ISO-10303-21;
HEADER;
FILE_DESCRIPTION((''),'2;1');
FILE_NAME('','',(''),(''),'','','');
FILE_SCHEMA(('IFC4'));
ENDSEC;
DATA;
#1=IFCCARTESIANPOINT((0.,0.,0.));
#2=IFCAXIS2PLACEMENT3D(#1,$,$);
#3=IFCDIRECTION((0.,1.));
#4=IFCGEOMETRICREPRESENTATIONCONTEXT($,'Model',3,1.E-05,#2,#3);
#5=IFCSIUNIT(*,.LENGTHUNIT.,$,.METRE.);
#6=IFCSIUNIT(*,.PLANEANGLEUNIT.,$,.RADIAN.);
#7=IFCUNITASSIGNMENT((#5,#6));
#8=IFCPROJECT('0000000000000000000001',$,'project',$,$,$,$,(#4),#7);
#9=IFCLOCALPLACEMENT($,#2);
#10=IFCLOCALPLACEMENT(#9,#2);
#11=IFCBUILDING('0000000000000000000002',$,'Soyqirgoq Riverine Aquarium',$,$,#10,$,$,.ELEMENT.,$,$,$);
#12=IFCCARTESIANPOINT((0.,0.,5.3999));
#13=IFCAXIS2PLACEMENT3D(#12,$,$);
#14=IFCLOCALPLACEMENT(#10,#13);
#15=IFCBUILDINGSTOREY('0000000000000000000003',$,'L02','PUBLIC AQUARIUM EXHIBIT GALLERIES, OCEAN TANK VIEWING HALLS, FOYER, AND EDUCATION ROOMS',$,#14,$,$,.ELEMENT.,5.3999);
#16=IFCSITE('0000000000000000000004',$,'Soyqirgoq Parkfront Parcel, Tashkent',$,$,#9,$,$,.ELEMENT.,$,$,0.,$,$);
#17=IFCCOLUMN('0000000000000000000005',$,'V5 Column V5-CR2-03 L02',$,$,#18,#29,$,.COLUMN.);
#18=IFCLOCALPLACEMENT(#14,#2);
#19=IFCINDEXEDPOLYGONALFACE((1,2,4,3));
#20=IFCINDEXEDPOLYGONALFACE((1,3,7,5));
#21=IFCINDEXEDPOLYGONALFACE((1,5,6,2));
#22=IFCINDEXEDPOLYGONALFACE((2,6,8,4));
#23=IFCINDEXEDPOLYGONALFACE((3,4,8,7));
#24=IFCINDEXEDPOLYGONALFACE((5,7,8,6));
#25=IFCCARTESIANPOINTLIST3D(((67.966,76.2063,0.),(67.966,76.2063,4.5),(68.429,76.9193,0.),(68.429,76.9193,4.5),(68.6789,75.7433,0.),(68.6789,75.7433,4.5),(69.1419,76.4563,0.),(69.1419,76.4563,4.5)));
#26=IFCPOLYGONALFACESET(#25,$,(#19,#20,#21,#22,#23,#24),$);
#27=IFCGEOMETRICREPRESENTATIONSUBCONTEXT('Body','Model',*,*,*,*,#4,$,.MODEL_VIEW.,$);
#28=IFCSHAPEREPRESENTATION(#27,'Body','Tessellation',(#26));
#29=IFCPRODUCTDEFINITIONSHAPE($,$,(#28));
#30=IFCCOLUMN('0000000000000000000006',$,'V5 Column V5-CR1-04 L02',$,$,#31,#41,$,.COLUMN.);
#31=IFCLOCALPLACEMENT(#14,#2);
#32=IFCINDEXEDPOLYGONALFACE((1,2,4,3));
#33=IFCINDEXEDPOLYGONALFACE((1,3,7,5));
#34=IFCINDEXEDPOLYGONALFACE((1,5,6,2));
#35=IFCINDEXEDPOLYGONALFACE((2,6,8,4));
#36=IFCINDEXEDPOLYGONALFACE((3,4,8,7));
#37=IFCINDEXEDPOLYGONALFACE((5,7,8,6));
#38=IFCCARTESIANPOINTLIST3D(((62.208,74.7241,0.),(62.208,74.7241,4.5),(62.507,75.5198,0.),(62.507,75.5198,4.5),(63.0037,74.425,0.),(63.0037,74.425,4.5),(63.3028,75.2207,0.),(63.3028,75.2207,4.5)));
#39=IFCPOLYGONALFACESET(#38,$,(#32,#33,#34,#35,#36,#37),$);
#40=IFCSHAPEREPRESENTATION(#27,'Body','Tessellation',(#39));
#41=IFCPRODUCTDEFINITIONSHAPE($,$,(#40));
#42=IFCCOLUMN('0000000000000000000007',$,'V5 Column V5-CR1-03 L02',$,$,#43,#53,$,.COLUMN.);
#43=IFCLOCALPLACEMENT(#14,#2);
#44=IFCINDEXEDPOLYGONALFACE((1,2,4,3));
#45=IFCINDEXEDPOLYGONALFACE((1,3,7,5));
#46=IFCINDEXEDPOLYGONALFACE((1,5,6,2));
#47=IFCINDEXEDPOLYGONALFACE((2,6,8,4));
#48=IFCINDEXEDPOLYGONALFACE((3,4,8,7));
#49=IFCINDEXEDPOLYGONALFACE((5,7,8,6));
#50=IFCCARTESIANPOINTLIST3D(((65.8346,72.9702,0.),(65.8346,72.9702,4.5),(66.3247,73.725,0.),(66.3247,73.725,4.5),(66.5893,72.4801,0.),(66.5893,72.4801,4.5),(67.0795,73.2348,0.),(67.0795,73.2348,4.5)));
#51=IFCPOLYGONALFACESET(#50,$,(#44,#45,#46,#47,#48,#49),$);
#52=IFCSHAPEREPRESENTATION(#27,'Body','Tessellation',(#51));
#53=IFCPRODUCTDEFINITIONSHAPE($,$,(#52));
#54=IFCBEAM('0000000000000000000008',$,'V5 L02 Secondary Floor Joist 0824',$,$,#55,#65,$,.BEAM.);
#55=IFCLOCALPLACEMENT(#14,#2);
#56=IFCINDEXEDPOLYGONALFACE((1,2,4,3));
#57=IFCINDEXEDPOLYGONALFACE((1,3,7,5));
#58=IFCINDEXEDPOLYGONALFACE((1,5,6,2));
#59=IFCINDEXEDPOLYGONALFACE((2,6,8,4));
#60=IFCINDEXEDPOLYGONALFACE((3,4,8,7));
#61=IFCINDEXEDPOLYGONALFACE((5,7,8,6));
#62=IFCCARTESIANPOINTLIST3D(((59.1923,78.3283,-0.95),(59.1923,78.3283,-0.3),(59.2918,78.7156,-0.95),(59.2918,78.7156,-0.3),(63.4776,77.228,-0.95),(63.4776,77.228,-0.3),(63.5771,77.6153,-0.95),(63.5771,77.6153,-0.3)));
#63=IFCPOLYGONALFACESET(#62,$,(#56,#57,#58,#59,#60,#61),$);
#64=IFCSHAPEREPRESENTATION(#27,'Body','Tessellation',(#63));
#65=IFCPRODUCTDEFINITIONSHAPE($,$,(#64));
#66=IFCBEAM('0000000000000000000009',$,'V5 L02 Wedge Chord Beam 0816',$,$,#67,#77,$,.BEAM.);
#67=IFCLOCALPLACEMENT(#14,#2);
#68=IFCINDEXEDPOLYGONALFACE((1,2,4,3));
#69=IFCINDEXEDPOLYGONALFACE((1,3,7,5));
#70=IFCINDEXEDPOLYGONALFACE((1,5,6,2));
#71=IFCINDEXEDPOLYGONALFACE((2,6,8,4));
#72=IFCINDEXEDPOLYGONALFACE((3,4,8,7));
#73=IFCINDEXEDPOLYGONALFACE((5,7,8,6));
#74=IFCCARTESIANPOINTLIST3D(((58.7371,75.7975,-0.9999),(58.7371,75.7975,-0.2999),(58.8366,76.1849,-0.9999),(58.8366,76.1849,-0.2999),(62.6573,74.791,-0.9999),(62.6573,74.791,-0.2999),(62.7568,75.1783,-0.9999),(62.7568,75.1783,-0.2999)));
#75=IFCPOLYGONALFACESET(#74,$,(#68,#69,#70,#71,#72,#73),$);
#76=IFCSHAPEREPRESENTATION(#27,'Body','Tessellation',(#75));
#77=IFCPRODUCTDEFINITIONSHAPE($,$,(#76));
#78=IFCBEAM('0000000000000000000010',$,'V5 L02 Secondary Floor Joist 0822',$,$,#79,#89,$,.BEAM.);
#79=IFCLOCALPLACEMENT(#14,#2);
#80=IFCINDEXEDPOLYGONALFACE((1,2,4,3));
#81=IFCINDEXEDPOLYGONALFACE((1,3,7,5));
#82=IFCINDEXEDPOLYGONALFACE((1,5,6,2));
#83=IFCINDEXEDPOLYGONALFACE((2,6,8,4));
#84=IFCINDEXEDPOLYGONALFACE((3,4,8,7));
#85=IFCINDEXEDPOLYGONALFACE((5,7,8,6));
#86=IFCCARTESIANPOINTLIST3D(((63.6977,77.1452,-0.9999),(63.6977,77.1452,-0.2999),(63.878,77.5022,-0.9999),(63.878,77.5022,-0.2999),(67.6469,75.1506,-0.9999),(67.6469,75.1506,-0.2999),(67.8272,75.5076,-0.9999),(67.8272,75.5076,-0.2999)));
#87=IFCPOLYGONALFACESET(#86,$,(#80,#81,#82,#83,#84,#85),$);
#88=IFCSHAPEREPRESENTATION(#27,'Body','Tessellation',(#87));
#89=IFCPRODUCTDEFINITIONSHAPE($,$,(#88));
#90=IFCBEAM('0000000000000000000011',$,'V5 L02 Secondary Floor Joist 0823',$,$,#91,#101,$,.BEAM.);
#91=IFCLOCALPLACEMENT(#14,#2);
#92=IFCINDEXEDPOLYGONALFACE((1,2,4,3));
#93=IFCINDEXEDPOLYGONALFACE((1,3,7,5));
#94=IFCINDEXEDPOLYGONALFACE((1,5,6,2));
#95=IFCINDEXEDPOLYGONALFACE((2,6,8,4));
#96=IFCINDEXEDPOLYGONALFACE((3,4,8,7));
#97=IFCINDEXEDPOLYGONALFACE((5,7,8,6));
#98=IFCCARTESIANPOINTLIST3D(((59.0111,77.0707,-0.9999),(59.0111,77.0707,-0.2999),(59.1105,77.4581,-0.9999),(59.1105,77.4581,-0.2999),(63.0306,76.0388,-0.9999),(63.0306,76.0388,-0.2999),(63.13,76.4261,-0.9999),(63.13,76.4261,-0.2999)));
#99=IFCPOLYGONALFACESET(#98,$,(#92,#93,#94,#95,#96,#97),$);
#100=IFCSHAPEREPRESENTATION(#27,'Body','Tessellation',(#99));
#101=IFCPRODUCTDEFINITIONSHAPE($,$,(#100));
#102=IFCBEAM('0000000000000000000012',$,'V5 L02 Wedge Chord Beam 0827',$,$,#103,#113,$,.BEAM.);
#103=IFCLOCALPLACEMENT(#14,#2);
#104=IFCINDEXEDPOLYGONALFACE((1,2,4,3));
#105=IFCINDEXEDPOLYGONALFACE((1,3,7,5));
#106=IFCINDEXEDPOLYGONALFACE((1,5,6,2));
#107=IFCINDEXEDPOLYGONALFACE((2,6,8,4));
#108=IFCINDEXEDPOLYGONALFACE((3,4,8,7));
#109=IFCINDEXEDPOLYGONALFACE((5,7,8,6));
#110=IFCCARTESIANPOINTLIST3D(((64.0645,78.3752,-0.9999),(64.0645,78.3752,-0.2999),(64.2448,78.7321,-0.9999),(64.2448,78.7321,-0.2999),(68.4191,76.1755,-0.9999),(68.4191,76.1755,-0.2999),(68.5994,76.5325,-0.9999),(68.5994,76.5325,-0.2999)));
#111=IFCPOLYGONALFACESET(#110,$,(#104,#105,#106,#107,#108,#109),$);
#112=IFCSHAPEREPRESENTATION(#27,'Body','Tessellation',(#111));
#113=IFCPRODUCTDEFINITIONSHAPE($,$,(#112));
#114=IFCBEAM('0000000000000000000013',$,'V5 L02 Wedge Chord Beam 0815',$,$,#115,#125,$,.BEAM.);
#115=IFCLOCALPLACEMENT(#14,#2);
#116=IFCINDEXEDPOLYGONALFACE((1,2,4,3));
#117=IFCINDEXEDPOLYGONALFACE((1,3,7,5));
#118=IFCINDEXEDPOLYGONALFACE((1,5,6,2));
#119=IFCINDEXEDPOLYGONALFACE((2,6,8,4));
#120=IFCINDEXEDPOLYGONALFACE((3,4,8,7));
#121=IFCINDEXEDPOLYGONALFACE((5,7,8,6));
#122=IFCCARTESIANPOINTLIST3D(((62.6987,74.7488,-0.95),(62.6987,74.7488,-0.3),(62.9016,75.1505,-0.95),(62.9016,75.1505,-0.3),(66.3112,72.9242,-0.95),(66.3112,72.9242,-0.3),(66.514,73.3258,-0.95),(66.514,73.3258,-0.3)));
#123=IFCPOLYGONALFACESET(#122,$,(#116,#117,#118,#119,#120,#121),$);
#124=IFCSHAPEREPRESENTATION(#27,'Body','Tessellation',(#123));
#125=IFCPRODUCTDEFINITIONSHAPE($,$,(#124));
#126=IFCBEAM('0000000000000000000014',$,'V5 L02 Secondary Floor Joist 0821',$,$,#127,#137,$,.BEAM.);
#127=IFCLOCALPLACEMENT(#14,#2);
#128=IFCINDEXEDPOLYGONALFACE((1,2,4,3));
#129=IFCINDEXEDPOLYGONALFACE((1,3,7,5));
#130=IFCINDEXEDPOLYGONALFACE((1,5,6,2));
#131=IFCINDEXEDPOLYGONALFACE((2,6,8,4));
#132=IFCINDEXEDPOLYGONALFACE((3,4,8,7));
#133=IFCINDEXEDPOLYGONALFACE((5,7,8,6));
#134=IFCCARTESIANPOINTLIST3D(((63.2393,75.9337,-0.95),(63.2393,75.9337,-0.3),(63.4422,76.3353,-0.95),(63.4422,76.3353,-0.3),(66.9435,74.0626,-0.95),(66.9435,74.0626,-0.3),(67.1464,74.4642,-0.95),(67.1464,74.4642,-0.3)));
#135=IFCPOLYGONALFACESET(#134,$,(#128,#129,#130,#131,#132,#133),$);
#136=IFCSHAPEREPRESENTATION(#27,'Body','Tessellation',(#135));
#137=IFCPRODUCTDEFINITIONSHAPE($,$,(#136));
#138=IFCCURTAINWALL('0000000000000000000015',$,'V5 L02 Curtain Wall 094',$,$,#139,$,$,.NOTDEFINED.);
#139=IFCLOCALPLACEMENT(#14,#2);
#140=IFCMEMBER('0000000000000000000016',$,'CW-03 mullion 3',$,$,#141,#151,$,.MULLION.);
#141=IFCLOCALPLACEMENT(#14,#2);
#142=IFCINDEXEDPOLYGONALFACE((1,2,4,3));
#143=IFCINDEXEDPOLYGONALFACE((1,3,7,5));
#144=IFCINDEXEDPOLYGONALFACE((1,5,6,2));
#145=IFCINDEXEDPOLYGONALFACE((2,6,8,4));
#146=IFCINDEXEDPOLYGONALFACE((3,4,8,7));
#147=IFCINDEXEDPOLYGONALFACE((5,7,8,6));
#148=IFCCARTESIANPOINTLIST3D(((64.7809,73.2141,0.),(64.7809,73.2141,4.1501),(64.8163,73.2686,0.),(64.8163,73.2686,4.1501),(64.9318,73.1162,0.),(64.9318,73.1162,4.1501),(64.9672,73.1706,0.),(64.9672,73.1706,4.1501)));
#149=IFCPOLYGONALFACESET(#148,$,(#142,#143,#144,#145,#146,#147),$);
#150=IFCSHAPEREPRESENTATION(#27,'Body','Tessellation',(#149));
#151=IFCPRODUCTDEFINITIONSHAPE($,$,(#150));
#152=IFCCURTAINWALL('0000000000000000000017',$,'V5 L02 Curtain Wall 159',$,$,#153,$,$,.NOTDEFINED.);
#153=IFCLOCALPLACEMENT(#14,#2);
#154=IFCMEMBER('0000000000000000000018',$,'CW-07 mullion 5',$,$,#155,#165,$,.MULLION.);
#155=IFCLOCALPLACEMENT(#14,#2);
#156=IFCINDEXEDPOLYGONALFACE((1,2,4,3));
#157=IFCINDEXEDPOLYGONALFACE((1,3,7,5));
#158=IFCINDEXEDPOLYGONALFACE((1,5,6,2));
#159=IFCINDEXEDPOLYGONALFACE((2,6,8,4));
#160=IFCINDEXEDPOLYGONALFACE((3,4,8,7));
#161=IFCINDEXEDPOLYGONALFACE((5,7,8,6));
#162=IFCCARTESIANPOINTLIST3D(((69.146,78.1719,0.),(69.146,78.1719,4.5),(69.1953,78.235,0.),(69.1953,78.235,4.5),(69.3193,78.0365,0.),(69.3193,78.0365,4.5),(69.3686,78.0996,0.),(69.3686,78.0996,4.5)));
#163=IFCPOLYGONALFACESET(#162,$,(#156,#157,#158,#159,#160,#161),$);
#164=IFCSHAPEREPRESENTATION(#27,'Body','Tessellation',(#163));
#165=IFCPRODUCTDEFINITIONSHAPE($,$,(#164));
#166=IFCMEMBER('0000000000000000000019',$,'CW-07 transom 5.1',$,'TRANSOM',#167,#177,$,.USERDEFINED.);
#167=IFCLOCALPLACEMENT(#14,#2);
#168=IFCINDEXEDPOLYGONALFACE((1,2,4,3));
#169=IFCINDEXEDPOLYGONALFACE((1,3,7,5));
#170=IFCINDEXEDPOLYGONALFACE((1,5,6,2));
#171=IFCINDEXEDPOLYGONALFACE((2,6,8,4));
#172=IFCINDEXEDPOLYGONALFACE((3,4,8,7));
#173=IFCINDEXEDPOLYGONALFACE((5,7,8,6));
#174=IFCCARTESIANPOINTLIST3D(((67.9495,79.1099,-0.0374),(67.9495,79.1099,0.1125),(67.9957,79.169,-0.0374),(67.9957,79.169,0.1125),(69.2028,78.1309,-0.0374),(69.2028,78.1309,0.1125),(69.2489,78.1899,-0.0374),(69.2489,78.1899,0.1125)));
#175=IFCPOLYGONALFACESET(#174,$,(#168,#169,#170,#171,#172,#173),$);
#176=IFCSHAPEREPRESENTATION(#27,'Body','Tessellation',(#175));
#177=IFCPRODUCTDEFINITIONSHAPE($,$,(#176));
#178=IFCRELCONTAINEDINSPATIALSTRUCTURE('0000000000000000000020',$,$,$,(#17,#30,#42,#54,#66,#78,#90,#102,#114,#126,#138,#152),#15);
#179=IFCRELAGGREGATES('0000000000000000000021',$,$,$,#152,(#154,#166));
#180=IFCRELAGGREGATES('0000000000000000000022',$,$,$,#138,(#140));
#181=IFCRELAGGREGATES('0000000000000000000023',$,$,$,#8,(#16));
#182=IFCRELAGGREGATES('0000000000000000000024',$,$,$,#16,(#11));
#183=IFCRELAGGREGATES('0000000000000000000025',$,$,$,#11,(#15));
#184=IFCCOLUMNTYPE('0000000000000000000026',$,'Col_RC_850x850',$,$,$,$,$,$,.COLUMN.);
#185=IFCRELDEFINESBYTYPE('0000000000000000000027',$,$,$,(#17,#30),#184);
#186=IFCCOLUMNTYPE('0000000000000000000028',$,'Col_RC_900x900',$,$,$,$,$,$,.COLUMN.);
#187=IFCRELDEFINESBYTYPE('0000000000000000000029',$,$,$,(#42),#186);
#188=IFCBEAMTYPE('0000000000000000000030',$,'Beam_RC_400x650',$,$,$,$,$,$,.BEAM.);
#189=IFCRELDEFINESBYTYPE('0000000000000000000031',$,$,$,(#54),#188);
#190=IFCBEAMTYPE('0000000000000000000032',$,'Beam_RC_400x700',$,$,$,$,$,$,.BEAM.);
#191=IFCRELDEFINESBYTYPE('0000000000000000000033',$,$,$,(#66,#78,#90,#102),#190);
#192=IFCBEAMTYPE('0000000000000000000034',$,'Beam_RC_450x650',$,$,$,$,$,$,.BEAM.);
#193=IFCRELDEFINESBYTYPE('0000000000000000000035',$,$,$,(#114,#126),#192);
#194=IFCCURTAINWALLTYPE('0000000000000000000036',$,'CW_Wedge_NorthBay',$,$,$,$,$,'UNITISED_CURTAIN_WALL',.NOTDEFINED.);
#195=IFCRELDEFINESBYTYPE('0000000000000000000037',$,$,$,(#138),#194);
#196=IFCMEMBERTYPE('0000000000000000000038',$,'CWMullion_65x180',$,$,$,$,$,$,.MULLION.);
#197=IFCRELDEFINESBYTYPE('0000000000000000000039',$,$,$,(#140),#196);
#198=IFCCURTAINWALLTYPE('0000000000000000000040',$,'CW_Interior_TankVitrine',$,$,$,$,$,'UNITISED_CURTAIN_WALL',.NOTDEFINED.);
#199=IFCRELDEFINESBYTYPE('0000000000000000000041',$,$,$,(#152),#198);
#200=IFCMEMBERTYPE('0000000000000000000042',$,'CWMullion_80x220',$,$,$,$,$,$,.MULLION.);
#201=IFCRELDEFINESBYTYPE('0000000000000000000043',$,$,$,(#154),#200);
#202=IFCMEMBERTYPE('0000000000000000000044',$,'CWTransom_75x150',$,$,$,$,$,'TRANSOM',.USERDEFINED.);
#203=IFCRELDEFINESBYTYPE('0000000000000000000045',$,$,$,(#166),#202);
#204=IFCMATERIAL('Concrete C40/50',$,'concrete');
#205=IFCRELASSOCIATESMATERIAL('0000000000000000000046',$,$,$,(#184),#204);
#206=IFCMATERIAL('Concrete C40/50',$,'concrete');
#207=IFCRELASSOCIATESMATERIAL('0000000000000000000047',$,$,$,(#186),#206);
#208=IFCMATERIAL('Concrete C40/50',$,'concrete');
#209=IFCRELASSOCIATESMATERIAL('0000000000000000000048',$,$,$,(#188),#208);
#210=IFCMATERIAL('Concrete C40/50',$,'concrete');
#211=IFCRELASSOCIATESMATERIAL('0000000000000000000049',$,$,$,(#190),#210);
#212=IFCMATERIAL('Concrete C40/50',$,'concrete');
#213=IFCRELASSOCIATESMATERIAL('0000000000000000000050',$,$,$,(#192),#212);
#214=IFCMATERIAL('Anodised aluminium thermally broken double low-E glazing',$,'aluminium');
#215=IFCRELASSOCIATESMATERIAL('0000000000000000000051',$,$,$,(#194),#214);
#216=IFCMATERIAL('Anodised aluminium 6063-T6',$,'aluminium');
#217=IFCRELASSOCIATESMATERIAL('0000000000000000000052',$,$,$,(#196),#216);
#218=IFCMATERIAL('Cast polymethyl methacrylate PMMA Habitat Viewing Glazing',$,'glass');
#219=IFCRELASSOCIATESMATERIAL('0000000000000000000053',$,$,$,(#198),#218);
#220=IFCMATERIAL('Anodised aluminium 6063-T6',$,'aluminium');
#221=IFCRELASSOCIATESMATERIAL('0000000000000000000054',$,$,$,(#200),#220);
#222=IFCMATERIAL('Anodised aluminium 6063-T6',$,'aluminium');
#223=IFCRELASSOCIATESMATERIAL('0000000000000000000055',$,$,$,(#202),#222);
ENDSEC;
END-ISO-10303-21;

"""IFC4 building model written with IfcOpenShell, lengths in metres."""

from ifc_helpers import new_model, si_unit, direction, frame, origin, origin_2d, place, context, subcontext, project, spatial, rectangle, extrude, material, material_profile, profile_set, type_object, element, aggregate, save


model = new_model("IFC4")

# Units and contexts
model_context = context("Model", 3, precision=1e-05, world=origin(), true_north=direction((0.0, 1.0)))
body_context = subcontext(model_context, "Body", "Model", "MODEL_VIEW")
ifc_project = project(units=[si_unit("LENGTHUNIT", "METRE"), si_unit("PLANEANGLEUNIT", "RADIAN")], contexts=[model_context])

# Site, building, storey
site_placement = place(None, origin())
site = spatial("IfcSite", under=ifc_project, at=site_placement, Name="Soyqirgoq Parkfront Parcel, Tashkent", CompositionType="ELEMENT", RefElevation=0.0)
building_placement = place(site_placement, origin())
building = spatial("IfcBuilding", under=site, at=building_placement, Name="Soyqirgoq Riverine Aquarium", CompositionType="ELEMENT")
storey_placement = place(building_placement, frame((0.0, 0.0, 5.3999)))
storey = spatial("IfcBuildingStorey", under=building, at=storey_placement, Name="L02", Description="PUBLIC AQUARIUM EXHIBIT GALLERIES, OCEAN TANK VIEWING HALLS, FOYER, AND EDUCATION ROOMS", CompositionType="ELEMENT", Elevation=5.3999)

# Columns
ifc_material_1 = material(Name="Concrete C40/50", Category="concrete")
ifc_material_profile_1 = material_profile(ifc_material_1, rectangle(XDim=0.8501, YDim=0.8501, at=origin_2d()), Name="RC 850x850")
ifc_profile_set_1 = profile_set([ifc_material_profile_1], Name="Concrete C40/50")
column_type_1 = type_object("IfcColumnType", Name="Col_RC_850x850", PredefinedType="COLUMN", material=ifc_profile_set_1)
for number, where, z_axis, x_axis, name in (
    (1, (68.554, 76.3313, 0.0), (0.0, 0.0, 1.0), (0.544639, 0.838671, 0.0), "V5 Column V5-CR2-03 L02"),
    (2, (62.7554, 74.9724, 0.0), (0.0, 0.0, 1.0), (0.351842, 0.93606, 0.0), "V5 Column V5-CR1-04 L02"),
):
    element("IfcColumn", number, at=place(storey_placement, frame(where, z_axis=z_axis, x_axis=x_axis)), inside=storey, type_object=column_type_1, Name=name, PredefinedType="COLUMN", context=body_context, shape_type="SweptSolid", body=[
        extrude(rectangle(XDim=0.8501, YDim=0.8501, at=origin_2d()), origin(), (0.0, 0.0, 1.0), 4.5),
    ])
ifc_material_2 = material(Name="Concrete C40/50", Category="concrete")
ifc_material_profile_2 = material_profile(ifc_material_2, rectangle(XDim=0.8999, YDim=0.8999, at=origin_2d()), Name="RC 900x900")
ifc_profile_set_2 = profile_set([ifc_material_profile_2], Name="Concrete C40/50")
column_type_2 = type_object("IfcColumnType", Name="Col_RC_900x900", PredefinedType="COLUMN", material=ifc_profile_set_2)
column_1_placement = place(storey_placement, frame((66.457, 73.1025, 0.0), z_axis=(0.0, 0.0, 1.0), x_axis=(0.544639, 0.838671, 0.0)))
element("IfcColumn", 3, at=column_1_placement, inside=storey, type_object=column_type_2, Name="V5 Column V5-CR1-03 L02", PredefinedType="COLUMN", context=body_context, shape_type="SweptSolid", body=[
    extrude(rectangle(XDim=0.8999, YDim=0.8999, at=origin_2d()), origin(), (0.0, 0.0, 1.0), 4.5),
])

# Beams
ifc_material_3 = material(Name="Concrete C40/50", Category="concrete")
ifc_material_profile_3 = material_profile(ifc_material_3, rectangle(XDim=0.3999, YDim=0.6499, at=origin_2d()), Name="RC 400x650")
ifc_profile_set_3 = profile_set([ifc_material_profile_3], Name="Concrete C40/50")
beam_type_1 = type_object("IfcBeamType", Name="Beam_RC_400x650", PredefinedType="BEAM", material=ifc_profile_set_3)
beam_1_placement = place(storey_placement, frame((63.5273, 77.4216, -0.625), z_axis=(-0.968581, 0.248698, 0.0), x_axis=(-0.248698, -0.968581, 0.0)))
element("IfcBeam", 4, at=beam_1_placement, inside=storey, type_object=beam_type_1, Name="V5 L02 Secondary Floor Joist 0824", PredefinedType="BEAM", context=body_context, shape_type="SweptSolid", body=[
    extrude(rectangle(XDim=0.3999, YDim=0.6499, at=origin_2d()), origin(), (0.0, 0.0, 1.0), 4.4243),
])
ifc_material_4 = material(Name="Concrete C40/50", Category="concrete")
ifc_material_profile_4 = material_profile(ifc_material_4, rectangle(XDim=0.3999, YDim=0.7, at=origin_2d()), Name="RC 400x700")
ifc_profile_set_4 = profile_set([ifc_material_profile_4], Name="Concrete C40/50")
beam_type_2 = type_object("IfcBeamType", Name="Beam_RC_400x700", PredefinedType="BEAM", material=ifc_profile_set_4)
beam_2_placement = place(storey_placement, frame((62.707, 74.9846, -0.6499), z_axis=(-0.968579, 0.248705, 0.0), x_axis=(-0.248705, -0.968579, 0.0)))
element("IfcBeam", 5, at=beam_2_placement, inside=storey, type_object=beam_type_2, Name="V5 L02 Wedge Chord Beam 0816", PredefinedType="BEAM", context=body_context, shape_type="SweptSolid", body=[
    extrude(rectangle(XDim=0.3999, YDim=0.7, at=origin_2d()), origin(), (0.0, 0.0, 1.0), 4.0474),
])
beam_3_placement = place(storey_placement, frame((67.7371, 75.3291, -0.6499), z_axis=(-0.89261, 0.45083, 0.0), x_axis=(-0.45083, -0.89261, 0.0)))
element("IfcBeam", 6, at=beam_3_placement, inside=storey, type_object=beam_type_2, Name="V5 L02 Secondary Floor Joist 0822", PredefinedType="BEAM", context=body_context, shape_type="SweptSolid", body=[
    extrude(rectangle(XDim=0.3999, YDim=0.7, at=origin_2d()), origin(), (0.0, 0.0, 1.0), 4.4243),
])
beam_4_placement = place(storey_placement, frame((63.0803, 76.2324, -0.6499), z_axis=(-0.968587, 0.248677, 0.0), x_axis=(-0.248677, -0.968587, 0.0)))
element("IfcBeam", 7, at=beam_4_placement, inside=storey, type_object=beam_type_2, Name="V5 L02 Secondary Floor Joist 0823", PredefinedType="BEAM", context=body_context, shape_type="SweptSolid", body=[
    extrude(rectangle(XDim=0.3999, YDim=0.7, at=origin_2d()), origin(), (0.0, 0.0, 1.0), 4.1499),
])
beam_5_placement = place(storey_placement, frame((68.5093, 76.354, -0.6499), z_axis=(-0.892588, 0.450873, 0.0), x_axis=(-0.450873, -0.892588, 0.0)))
element("IfcBeam", 8, at=beam_5_placement, inside=storey, type_object=beam_type_2, Name="V5 L02 Wedge Chord Beam 0827", PredefinedType="BEAM", context=body_context, shape_type="SweptSolid", body=[
    extrude(rectangle(XDim=0.3999, YDim=0.7, at=origin_2d()), origin(), (0.0, 0.0, 1.0), 4.8787),
])
ifc_material_5 = material(Name="Concrete C40/50", Category="concrete")
ifc_material_profile_5 = material_profile(ifc_material_5, rectangle(XDim=0.45, YDim=0.6499, at=origin_2d()), Name="RC 450x650")
ifc_profile_set_5 = profile_set([ifc_material_profile_5], Name="Concrete C40/50")
beam_type_3 = type_object("IfcBeamType", Name="Beam_RC_450x650", PredefinedType="BEAM", material=ifc_profile_set_5)
beam_6_placement = place(storey_placement, frame((66.4126, 73.125, -0.625), z_axis=(-0.892598, 0.450853, 0.0), x_axis=(-0.450853, -0.892598, 0.0)))
element("IfcBeam", 9, at=beam_6_placement, inside=storey, type_object=beam_type_3, Name="V5 L02 Wedge Chord Beam 0815", PredefinedType="BEAM", context=body_context, shape_type="SweptSolid", body=[
    extrude(rectangle(XDim=0.45, YDim=0.6499, at=origin_2d()), origin(), (0.0, 0.0, 1.0), 4.0471),
])
beam_7_placement = place(storey_placement, frame((67.0449, 74.2634, -0.625), z_axis=(-0.892584, 0.450881, 0.0), x_axis=(-0.450881, -0.892584, 0.0)))
element("IfcBeam", 10, at=beam_7_placement, inside=storey, type_object=beam_type_3, Name="V5 L02 Secondary Floor Joist 0821", PredefinedType="BEAM", context=body_context, shape_type="SweptSolid", body=[
    extrude(rectangle(XDim=0.45, YDim=0.6499, at=origin_2d()), origin(), (0.0, 0.0, 1.0), 4.1499),
])

# Curtain wall, member
ifc_material_6 = material(Name="Anodised aluminium thermally broken double low-E glazing", Category="aluminium")
curtain_wall_type_1 = type_object("IfcCurtainWallType", Name="CW_Wedge_NorthBay", ElementType="UNITISED_CURTAIN_WALL", PredefinedType="NOTDEFINED", material=ifc_material_6)
curtain_wall_1_placement = place(storey_placement, origin())
curtain_wall_1 = element("IfcCurtainWall", 11, at=curtain_wall_1_placement, inside=storey, type_object=curtain_wall_type_1, Name="V5 L02 Curtain Wall 094", PredefinedType="NOTDEFINED")
ifc_material_7 = material(Name="Anodised aluminium 6063-T6", Category="aluminium")
ifc_material_profile_6 = material_profile(ifc_material_7, rectangle(XDim=0.0649, YDim=0.1799, at=origin_2d()), Name="ALU-M 65x180")
ifc_profile_set_6 = profile_set([ifc_material_profile_6], Name="Anodised aluminium 6063-T6")
member_type_1 = type_object("IfcMemberType", Name="CWMullion_65x180", PredefinedType="MULLION", material=ifc_profile_set_6)
member_1_placement = place(storey_placement, frame((64.874, 73.1924, 0.0), z_axis=(0.0, 0.0, 1.0), x_axis=(-0.544613, -0.838688, 0.0)))
member_1 = element("IfcMember", 12, at=member_1_placement, type_object=member_type_1, Name="CW-03 mullion 3", PredefinedType="MULLION", context=body_context, shape_type="SweptSolid", body=[
    extrude(rectangle(XDim=0.0649, YDim=0.1799, at=origin_2d()), origin(), (0.0, 0.0, 1.0), 4.1501),
])

# Curtain wall, members
ifc_material_8 = material(Name="Cast polymethyl methacrylate PMMA Habitat Viewing Glazing", Category="glass")
curtain_wall_type_2 = type_object("IfcCurtainWallType", Name="CW_Interior_TankVitrine", ElementType="UNITISED_CURTAIN_WALL", PredefinedType="NOTDEFINED", material=ifc_material_8)
curtain_wall_2_placement = place(storey_placement, origin())
curtain_wall_2 = element("IfcCurtainWall", 13, at=curtain_wall_2_placement, inside=storey, type_object=curtain_wall_type_2, Name="V5 L02 Curtain Wall 159", PredefinedType="NOTDEFINED")
ifc_material_9 = material(Name="Anodised aluminium 6063-T6", Category="aluminium")
ifc_material_profile_7 = material_profile(ifc_material_9, rectangle(XDim=0.0801, YDim=0.22, at=origin_2d()), Name="ALU-M 80x220")
ifc_profile_set_7 = profile_set([ifc_material_profile_7], Name="Anodised aluminium 6063-T6")
member_type_2 = type_object("IfcMemberType", Name="CWMullion_80x220", PredefinedType="MULLION", material=ifc_profile_set_7)
member_2_placement = place(storey_placement, frame((69.2573, 78.1357, 0.0), z_axis=(0.0, 0.0, 1.0), x_axis=(-0.615661, -0.788011, 0.0)))
member_2 = element("IfcMember", 14, at=member_2_placement, type_object=member_type_2, Name="CW-07 mullion 5", PredefinedType="MULLION", context=body_context, shape_type="SweptSolid", body=[
    extrude(rectangle(XDim=0.0801, YDim=0.22, at=origin_2d()), origin(), (0.0, 0.0, 1.0), 4.5),
])
ifc_material_10 = material(Name="Anodised aluminium 6063-T6", Category="aluminium")
ifc_material_profile_8 = material_profile(ifc_material_10, rectangle(XDim=0.075, YDim=0.1499, at=origin_2d()), Name="ALU-T 75x150")
ifc_profile_set_8 = profile_set([ifc_material_profile_8], Name="Anodised aluminium 6063-T6")
member_type_3 = type_object("IfcMemberType", Name="CWTransom_75x150", ElementType="TRANSOM", PredefinedType="USERDEFINED", material=ifc_profile_set_8)
member_3_placement = place(storey_placement, frame((69.2258, 78.1604, 0.0376), z_axis=(-0.788036, 0.615629, 0.0), x_axis=(-0.615629, -0.788036, 0.0)))
member_3 = element("IfcMember", 15, at=member_3_placement, type_object=member_type_3, Name="CW-07 transom 5.1", ObjectType="TRANSOM", PredefinedType="USERDEFINED", context=body_context, shape_type="SweptSolid", body=[
    extrude(rectangle(XDim=0.075, YDim=0.1499, at=origin_2d()), origin(), (0.0, 0.0, 1.0), 1.5903),
])

aggregate(curtain_wall_2, [member_2, member_3])
aggregate(curtain_wall_1, [member_1])

save(model, "model.ifc")
